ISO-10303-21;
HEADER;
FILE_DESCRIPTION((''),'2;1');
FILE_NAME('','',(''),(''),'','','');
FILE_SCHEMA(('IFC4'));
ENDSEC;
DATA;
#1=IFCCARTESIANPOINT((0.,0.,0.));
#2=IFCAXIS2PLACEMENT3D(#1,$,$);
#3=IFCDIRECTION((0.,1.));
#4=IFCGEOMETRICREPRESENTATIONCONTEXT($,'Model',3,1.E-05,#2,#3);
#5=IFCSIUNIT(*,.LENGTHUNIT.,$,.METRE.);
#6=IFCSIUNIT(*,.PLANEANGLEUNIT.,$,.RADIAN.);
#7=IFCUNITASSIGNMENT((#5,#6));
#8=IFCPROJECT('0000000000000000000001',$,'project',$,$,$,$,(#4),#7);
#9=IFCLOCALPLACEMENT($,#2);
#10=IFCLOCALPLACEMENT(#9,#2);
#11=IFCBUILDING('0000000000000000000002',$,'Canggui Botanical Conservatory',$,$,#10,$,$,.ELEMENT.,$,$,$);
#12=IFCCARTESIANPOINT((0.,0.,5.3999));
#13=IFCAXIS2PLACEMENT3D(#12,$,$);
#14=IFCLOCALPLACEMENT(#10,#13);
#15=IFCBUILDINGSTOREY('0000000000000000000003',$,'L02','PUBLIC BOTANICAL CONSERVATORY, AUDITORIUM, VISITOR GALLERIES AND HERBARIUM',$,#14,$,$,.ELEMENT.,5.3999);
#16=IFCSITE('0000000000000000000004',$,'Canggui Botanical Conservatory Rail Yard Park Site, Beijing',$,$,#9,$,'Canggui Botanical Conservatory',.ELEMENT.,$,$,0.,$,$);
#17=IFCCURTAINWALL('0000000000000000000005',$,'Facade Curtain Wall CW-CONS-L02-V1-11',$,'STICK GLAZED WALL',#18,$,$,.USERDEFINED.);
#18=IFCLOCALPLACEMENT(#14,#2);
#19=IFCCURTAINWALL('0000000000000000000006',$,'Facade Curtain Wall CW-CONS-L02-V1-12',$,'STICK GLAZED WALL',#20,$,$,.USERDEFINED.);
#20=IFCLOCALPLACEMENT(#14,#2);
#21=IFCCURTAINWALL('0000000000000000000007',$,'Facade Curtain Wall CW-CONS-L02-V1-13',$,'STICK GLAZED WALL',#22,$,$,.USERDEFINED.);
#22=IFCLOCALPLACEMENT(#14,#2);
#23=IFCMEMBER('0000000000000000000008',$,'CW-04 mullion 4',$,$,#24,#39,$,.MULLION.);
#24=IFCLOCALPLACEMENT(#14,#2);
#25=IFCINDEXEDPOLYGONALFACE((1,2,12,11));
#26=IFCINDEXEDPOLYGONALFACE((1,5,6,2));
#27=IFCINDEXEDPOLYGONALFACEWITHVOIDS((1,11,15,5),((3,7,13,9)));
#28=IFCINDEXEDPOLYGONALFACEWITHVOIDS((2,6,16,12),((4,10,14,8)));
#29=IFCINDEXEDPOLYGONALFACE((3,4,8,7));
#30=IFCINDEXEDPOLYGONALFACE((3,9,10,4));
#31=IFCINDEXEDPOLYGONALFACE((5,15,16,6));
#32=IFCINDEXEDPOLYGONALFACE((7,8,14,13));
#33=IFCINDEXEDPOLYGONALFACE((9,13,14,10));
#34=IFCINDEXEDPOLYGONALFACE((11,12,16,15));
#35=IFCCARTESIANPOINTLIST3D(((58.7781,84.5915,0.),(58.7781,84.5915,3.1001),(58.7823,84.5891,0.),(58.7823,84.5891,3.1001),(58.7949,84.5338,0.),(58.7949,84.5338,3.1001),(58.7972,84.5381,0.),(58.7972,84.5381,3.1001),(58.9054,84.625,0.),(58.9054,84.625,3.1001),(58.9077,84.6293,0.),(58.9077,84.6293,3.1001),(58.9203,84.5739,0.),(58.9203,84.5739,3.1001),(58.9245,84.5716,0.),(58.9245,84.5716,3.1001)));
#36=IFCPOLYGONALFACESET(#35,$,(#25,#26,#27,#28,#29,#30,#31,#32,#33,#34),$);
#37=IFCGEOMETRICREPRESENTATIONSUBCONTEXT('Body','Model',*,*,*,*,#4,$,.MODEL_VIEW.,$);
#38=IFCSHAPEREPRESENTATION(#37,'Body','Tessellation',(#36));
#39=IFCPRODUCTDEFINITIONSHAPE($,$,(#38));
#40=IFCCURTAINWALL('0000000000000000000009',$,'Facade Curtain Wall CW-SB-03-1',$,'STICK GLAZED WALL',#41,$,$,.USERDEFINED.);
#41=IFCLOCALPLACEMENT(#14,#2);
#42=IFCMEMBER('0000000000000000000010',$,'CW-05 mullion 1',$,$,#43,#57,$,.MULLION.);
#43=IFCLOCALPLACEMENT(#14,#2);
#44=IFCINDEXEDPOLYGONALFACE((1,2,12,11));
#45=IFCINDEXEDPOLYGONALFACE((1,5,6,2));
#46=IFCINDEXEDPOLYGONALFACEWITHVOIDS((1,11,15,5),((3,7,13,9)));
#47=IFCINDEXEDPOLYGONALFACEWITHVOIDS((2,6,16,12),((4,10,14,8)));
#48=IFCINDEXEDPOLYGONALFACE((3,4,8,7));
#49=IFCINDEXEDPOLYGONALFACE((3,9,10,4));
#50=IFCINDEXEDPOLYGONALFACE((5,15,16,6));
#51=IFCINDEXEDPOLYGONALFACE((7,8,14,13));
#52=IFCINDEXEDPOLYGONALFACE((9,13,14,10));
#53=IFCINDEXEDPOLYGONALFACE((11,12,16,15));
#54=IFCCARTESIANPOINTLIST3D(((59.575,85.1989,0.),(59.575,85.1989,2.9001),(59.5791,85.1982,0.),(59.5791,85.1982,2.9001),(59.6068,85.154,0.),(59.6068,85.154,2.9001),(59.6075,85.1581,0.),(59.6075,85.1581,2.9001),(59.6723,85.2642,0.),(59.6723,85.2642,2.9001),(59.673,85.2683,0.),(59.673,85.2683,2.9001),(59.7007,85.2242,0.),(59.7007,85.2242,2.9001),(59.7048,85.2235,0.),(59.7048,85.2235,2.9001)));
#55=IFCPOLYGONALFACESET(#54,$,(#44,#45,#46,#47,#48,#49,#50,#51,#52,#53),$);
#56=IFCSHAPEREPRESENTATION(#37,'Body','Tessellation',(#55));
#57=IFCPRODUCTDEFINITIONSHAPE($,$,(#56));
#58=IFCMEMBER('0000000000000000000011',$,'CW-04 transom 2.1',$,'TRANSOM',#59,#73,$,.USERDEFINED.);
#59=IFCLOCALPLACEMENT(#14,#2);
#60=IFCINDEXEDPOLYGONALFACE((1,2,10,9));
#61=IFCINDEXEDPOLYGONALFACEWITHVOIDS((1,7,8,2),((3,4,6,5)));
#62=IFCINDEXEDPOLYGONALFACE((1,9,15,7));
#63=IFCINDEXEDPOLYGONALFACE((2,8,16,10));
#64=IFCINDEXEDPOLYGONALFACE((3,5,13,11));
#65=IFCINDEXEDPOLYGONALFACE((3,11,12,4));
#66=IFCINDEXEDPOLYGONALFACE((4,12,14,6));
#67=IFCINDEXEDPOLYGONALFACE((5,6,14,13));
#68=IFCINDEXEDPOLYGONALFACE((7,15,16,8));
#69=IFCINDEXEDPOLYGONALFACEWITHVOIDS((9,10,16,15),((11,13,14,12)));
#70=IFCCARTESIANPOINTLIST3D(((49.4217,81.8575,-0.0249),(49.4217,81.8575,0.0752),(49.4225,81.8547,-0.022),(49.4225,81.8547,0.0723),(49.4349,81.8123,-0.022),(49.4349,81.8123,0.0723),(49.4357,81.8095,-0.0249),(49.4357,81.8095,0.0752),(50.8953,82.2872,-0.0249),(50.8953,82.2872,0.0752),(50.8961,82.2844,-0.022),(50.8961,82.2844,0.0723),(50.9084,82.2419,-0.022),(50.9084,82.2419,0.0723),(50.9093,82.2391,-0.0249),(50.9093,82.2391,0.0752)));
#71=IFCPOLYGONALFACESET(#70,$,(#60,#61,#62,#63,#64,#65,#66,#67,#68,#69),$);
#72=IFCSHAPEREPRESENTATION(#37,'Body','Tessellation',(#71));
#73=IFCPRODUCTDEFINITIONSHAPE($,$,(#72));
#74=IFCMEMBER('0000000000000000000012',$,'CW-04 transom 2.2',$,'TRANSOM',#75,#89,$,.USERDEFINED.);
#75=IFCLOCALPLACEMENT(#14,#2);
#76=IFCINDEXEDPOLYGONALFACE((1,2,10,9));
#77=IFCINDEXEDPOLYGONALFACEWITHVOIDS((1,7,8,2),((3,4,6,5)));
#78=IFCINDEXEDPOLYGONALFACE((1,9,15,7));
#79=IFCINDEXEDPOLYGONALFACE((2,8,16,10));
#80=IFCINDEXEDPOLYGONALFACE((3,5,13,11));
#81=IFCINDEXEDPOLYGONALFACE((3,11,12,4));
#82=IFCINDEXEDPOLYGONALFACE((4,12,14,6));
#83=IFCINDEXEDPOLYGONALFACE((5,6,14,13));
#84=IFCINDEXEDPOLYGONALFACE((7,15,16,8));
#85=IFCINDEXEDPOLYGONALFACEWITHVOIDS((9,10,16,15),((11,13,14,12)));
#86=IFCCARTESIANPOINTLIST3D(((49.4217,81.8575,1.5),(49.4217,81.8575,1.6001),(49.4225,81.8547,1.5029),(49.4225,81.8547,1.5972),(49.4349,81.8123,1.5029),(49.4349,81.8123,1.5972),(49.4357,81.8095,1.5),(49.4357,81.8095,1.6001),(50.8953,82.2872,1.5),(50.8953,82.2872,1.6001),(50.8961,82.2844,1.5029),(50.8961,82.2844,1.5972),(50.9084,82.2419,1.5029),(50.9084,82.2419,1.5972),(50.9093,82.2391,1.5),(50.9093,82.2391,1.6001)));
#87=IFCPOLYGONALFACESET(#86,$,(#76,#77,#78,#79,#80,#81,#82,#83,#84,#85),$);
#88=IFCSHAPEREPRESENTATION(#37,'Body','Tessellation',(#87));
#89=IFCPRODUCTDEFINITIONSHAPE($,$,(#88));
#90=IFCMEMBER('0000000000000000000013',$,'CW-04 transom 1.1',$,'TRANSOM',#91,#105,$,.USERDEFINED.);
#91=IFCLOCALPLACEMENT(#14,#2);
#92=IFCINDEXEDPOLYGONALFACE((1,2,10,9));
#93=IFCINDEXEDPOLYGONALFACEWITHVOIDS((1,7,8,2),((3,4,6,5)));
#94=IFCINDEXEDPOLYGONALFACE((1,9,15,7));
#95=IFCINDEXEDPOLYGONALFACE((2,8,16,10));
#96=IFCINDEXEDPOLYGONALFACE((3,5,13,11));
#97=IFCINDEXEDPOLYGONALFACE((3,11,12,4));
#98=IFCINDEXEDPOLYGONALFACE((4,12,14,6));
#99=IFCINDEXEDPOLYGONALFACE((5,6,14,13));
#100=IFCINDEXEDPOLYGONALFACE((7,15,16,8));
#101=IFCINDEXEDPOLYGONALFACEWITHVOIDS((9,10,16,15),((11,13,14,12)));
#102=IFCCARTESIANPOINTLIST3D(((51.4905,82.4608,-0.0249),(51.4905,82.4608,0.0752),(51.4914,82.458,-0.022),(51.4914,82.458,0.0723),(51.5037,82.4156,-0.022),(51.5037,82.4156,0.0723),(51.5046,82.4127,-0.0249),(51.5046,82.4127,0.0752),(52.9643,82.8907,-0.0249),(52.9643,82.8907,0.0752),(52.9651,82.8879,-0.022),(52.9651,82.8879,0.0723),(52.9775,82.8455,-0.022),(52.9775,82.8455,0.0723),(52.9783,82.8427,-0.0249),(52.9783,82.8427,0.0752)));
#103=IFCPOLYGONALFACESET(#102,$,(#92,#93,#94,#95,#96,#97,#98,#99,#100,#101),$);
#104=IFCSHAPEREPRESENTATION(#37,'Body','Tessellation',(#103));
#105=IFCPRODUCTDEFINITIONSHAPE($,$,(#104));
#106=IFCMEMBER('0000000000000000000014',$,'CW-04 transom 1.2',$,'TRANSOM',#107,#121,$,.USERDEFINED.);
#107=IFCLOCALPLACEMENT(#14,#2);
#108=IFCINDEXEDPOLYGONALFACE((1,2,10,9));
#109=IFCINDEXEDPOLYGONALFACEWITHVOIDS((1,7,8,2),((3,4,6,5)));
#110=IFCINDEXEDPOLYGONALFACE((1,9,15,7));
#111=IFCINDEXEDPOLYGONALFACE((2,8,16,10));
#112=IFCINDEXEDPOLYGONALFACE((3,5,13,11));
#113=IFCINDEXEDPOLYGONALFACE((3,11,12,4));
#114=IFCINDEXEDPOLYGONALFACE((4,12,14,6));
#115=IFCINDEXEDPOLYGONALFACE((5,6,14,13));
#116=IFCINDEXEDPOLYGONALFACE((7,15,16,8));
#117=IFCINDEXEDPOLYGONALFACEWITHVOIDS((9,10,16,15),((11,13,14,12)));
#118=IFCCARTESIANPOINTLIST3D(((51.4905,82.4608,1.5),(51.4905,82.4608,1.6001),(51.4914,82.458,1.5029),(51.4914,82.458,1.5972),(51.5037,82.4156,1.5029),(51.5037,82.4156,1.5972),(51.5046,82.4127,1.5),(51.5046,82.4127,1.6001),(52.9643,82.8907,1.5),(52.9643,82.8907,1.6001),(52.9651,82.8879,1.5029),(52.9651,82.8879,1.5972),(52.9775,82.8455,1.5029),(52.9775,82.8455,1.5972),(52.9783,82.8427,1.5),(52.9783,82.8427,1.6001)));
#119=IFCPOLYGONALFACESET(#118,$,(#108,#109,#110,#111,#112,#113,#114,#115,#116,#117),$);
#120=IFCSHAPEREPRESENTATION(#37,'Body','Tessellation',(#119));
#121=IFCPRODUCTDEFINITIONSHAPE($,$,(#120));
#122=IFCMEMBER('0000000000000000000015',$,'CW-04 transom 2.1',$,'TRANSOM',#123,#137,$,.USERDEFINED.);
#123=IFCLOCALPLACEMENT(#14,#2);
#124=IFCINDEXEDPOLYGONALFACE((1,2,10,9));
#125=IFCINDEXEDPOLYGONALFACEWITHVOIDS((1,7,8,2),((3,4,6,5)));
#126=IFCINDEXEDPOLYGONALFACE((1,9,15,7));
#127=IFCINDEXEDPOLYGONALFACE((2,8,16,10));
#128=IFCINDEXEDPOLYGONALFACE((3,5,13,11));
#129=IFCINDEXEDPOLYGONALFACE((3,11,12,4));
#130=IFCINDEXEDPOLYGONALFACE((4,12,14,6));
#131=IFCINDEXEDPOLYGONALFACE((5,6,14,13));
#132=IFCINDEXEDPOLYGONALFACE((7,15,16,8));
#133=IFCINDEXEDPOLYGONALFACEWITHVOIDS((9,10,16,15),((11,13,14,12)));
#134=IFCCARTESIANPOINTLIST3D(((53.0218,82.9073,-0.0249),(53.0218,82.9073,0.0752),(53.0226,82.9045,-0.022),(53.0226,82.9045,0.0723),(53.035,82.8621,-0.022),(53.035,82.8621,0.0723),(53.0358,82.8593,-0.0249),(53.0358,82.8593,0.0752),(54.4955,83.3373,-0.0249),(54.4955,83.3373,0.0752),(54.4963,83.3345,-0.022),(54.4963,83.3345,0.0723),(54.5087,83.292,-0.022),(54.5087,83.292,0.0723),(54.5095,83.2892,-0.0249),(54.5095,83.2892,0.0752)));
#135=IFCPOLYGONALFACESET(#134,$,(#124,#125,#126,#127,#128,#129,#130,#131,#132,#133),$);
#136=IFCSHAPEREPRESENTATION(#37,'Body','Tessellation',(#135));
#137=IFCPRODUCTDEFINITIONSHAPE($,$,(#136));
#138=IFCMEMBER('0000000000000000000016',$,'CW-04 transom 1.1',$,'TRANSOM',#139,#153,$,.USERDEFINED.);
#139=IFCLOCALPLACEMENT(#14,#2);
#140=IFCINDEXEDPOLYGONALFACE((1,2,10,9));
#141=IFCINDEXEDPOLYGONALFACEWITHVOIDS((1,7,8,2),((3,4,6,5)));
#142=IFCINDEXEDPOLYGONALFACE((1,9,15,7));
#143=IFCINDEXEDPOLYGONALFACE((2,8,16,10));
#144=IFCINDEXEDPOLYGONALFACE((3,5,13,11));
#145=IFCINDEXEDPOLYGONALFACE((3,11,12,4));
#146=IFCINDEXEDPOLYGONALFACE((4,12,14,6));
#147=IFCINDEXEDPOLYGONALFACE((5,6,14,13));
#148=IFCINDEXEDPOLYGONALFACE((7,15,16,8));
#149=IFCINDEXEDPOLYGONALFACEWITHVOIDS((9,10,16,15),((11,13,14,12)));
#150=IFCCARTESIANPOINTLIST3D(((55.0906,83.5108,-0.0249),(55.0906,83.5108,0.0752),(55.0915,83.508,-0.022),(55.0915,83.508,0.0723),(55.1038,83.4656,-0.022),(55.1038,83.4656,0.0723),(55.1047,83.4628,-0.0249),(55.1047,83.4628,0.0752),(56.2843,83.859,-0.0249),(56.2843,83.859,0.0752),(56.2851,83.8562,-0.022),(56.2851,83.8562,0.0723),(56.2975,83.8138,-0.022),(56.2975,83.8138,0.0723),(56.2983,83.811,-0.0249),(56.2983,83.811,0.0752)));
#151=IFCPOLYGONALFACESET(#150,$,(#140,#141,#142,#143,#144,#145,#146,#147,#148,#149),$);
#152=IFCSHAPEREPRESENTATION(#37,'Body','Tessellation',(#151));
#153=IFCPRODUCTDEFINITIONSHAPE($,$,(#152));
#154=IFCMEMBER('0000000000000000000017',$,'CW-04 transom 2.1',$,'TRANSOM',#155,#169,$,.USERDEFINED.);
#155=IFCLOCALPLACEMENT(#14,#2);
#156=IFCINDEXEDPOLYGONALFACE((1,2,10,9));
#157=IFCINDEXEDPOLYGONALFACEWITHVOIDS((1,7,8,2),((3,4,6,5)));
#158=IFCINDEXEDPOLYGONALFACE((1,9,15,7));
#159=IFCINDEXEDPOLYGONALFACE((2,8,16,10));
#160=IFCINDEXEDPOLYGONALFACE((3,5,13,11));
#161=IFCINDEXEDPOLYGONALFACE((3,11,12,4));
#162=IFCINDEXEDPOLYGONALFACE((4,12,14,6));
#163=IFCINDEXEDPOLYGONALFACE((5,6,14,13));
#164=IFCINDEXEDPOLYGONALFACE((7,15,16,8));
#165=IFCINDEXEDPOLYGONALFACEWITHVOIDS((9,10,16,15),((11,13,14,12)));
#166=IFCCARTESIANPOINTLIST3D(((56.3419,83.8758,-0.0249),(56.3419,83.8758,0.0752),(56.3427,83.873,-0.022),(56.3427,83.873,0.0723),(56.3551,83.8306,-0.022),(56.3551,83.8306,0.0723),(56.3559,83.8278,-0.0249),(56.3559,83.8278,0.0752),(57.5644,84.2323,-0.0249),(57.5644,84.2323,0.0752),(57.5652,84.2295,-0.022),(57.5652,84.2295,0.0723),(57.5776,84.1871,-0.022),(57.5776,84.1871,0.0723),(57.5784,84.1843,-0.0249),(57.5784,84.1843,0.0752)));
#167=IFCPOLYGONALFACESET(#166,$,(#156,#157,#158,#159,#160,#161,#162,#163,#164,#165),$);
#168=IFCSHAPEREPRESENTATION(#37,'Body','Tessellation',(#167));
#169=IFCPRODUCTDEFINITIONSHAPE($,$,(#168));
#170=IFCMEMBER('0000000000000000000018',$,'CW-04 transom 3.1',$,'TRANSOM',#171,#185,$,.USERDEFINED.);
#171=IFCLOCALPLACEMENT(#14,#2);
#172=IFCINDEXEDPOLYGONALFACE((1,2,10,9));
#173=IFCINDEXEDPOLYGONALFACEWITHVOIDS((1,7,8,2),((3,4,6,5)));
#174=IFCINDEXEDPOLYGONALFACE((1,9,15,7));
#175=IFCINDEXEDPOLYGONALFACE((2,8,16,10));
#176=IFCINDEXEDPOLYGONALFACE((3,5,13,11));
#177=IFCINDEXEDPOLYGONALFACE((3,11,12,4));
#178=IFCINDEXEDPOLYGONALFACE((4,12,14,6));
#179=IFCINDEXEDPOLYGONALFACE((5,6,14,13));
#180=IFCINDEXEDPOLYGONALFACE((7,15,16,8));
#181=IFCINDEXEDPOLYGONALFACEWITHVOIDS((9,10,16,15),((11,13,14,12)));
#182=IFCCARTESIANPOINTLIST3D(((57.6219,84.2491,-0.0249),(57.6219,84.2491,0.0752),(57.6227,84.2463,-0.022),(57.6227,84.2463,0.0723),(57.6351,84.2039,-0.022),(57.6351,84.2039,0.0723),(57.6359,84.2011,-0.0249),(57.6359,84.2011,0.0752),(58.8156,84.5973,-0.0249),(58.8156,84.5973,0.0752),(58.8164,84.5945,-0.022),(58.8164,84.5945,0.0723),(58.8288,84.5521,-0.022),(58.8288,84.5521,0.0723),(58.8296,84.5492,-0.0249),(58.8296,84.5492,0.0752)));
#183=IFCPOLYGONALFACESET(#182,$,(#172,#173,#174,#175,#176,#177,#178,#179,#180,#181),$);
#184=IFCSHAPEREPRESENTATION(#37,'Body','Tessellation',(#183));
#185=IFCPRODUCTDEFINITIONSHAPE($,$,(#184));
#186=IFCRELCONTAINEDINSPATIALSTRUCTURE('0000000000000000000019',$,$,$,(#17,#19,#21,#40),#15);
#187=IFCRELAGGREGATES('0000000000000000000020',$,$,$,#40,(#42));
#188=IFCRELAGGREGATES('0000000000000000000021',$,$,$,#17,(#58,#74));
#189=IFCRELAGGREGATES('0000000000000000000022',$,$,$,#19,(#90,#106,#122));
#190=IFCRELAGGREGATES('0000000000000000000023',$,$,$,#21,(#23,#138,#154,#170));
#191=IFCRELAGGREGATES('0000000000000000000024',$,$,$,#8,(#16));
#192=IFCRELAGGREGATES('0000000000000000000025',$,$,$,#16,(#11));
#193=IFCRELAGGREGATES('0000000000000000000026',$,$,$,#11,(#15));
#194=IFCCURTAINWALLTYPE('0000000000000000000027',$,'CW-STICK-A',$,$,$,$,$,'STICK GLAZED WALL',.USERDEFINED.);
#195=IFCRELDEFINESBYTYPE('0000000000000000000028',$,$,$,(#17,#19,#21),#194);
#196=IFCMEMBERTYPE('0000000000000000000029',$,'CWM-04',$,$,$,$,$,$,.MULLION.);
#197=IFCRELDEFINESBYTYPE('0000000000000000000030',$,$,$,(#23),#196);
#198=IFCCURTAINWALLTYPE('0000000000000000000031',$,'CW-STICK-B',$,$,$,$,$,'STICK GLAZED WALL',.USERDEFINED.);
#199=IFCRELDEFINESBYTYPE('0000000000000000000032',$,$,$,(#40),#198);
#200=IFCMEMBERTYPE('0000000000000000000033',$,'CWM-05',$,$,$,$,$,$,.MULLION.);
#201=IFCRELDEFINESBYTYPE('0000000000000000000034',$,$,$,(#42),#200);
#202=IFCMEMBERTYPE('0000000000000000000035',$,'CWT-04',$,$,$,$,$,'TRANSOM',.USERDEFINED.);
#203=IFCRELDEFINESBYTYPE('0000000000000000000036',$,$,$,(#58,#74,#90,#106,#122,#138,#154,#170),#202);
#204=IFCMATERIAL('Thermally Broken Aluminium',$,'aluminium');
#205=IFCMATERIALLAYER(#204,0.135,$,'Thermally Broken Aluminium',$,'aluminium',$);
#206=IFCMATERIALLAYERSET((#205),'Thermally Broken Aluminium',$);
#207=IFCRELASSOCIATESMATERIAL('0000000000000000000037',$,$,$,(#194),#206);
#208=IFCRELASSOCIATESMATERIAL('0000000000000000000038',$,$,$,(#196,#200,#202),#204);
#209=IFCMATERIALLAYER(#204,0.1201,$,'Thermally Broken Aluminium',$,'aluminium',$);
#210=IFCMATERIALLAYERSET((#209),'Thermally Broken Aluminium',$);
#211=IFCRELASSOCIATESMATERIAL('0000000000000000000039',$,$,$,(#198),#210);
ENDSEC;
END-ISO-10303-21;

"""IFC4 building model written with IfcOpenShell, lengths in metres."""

from ifc_helpers import new_model, si_unit, direction, frame, origin, origin_2d, place, context, subcontext, project, spatial, hollow_rectangle, extrude, material, layer, layer_set, material_profile, profile_set, type_object, element, aggregate, save


model = new_model("IFC4")

# Units and contexts
model_context = context("Model", 3, precision=1e-05, world=origin(), true_north=direction((0.0, 1.0)))
body_context = subcontext(model_context, "Body", "Model", "MODEL_VIEW")
ifc_project = project(units=[si_unit("LENGTHUNIT", "METRE"), si_unit("PLANEANGLEUNIT", "RADIAN")], contexts=[model_context])

# Site, building, storey
site_placement = place(None, origin())
site = spatial("IfcSite", under=ifc_project, at=site_placement, Name="Canggui Botanical Conservatory Rail Yard Park Site, Beijing", LongName="Canggui Botanical Conservatory", CompositionType="ELEMENT", RefElevation=0.0)
building_placement = place(site_placement, origin())
building = spatial("IfcBuilding", under=site, at=building_placement, Name="Canggui Botanical Conservatory", CompositionType="ELEMENT")
storey_placement = place(building_placement, frame((0.0, 0.0, 5.3999)))
storey = spatial("IfcBuildingStorey", under=building, at=storey_placement, Name="L02", Description="PUBLIC BOTANICAL CONSERVATORY, AUDITORIUM, VISITOR GALLERIES AND HERBARIUM", CompositionType="ELEMENT", Elevation=5.3999)

# Curtain walls, member
ifc_material_1 = material(Name="Thermally Broken Aluminium", Category="aluminium")
ifc_layer_1 = layer(ifc_material_1, 0.135, Name="Thermally Broken Aluminium", Category="aluminium")
ifc_layer_set_1 = layer_set([ifc_layer_1], Name="Thermally Broken Aluminium")
curtain_wall_type_1 = type_object("IfcCurtainWallType", Name="CW-STICK-A", ElementType="STICK GLAZED WALL", PredefinedType="USERDEFINED", material=ifc_layer_set_1)
curtain_wall_1_placement = place(storey_placement, origin())
curtain_wall_1 = element("IfcCurtainWall", 1, at=curtain_wall_1_placement, inside=storey, type_object=curtain_wall_type_1, Name="Facade Curtain Wall CW-CONS-L02-V1-11", ObjectType="STICK GLAZED WALL", PredefinedType="USERDEFINED")
ifc_material_profile_1 = material_profile(ifc_material_1, hollow_rectangle(XDim=0.0601, YDim=0.135, WallThickness=0.0034, at=origin_2d()), Name="CWM 60x135x3.5")
ifc_profile_set_1 = profile_set([ifc_material_profile_1], Name="Thermally Broken Aluminium")
member_type_1 = type_object("IfcMemberType", Name="CWM-04", PredefinedType="MULLION", material=ifc_profile_set_1)
curtain_wall_2_placement = place(storey_placement, origin())
curtain_wall_2 = element("IfcCurtainWall", 2, at=curtain_wall_2_placement, inside=storey, type_object=curtain_wall_type_1, Name="Facade Curtain Wall CW-CONS-L02-V1-12", ObjectType="STICK GLAZED WALL", PredefinedType="USERDEFINED")
curtain_wall_3_placement = place(storey_placement, origin())
curtain_wall_3 = element("IfcCurtainWall", 3, at=curtain_wall_3_placement, inside=storey, type_object=curtain_wall_type_1, Name="Facade Curtain Wall CW-CONS-L02-V1-13", ObjectType="STICK GLAZED WALL", PredefinedType="USERDEFINED")
member_1_placement = place(storey_placement, frame((58.8513, 84.5815, 0.0), z_axis=(0.0, 0.0, 1.0), x_axis=(-0.28, 0.96, 0.0)))
member_1 = element("IfcMember", 4, at=member_1_placement, type_object=member_type_1, Name="CW-04 mullion 4", PredefinedType="MULLION", context=body_context, shape_type="SweptSolid", body=[
    extrude(hollow_rectangle(XDim=0.0601, YDim=0.135, WallThickness=0.0034, at=origin_2d()), origin(), (0.0, 0.0, 1.0), 3.1001),
])

# Curtain wall, member
ifc_layer_2 = layer(ifc_material_1, 0.1201, Name="Thermally Broken Aluminium", Category="aluminium")
ifc_layer_set_2 = layer_set([ifc_layer_2], Name="Thermally Broken Aluminium")
curtain_wall_type_2 = type_object("IfcCurtainWallType", Name="CW-STICK-B", ElementType="STICK GLAZED WALL", PredefinedType="USERDEFINED", material=ifc_layer_set_2)
curtain_wall_4_placement = place(storey_placement, origin())
curtain_wall_4 = element("IfcCurtainWall", 5, at=curtain_wall_4_placement, inside=storey, type_object=curtain_wall_type_2, Name="Facade Curtain Wall CW-SB-03-1", ObjectType="STICK GLAZED WALL", PredefinedType="USERDEFINED")
ifc_material_profile_2 = material_profile(ifc_material_1, hollow_rectangle(XDim=0.0549, YDim=0.1201, WallThickness=0.0029, at=origin_2d()), Name="CWM 55x120x3")
ifc_profile_set_2 = profile_set([ifc_material_profile_2], Name="Thermally Broken Aluminium")
member_type_2 = type_object("IfcMemberType", Name="CWM-05", PredefinedType="MULLION", material=ifc_profile_set_2)
member_2_placement = place(storey_placement, frame((59.6399, 85.2112, 0.0), z_axis=(0.0, 0.0, 1.0), x_axis=(-0.578282, 0.815837, 0.0)))
member_2 = element("IfcMember", 6, at=member_2_placement, type_object=member_type_2, Name="CW-05 mullion 1", PredefinedType="MULLION", context=body_context, shape_type="SweptSolid", body=[
    extrude(hollow_rectangle(XDim=0.0549, YDim=0.1201, WallThickness=0.0029, at=origin_2d()), origin(), (0.0, 0.0, 1.0), 2.9001),
])

# Members
ifc_material_profile_3 = material_profile(ifc_material_1, hollow_rectangle(XDim=0.05, YDim=0.1001, WallThickness=0.0029, at=origin_2d()), Name="CWT 50x100x3")
ifc_profile_set_3 = profile_set([ifc_material_profile_3], Name="Thermally Broken Aluminium")
member_type_3 = type_object("IfcMemberType", Name="CWT-04", ElementType="TRANSOM", PredefinedType="USERDEFINED", material=ifc_profile_set_3)
member_3_placement = place(storey_placement, frame((49.4287, 81.8335, 0.0251), z_axis=(0.960021, 0.279927, 0.0), x_axis=(-0.279927, 0.960021, 0.0)))
member_3 = element("IfcMember", 7, at=member_3_placement, type_object=member_type_3, Name="CW-04 transom 2.1", ObjectType="TRANSOM", PredefinedType="USERDEFINED", context=body_context, shape_type="SweptSolid", body=[
    extrude(hollow_rectangle(XDim=0.05, YDim=0.1001, WallThickness=0.0029, at=origin_2d()), origin(), (0.0, 0.0, 1.0), 1.5349),
])
member_4_placement = place(storey_placement, frame((49.4287, 81.8335, 1.55), z_axis=(0.960021, 0.279927, 0.0), x_axis=(-0.279927, 0.960021, 0.0)))
member_4 = element("IfcMember", 8, at=member_4_placement, type_object=member_type_3, Name="CW-04 transom 2.2", ObjectType="TRANSOM", PredefinedType="USERDEFINED", context=body_context, shape_type="SweptSolid", body=[
    extrude(hollow_rectangle(XDim=0.05, YDim=0.1001, WallThickness=0.0029, at=origin_2d()), origin(), (0.0, 0.0, 1.0), 1.5349),
])
member_5_placement = place(storey_placement, frame((51.4976, 82.4368, 0.0251), z_axis=(0.959979, 0.280073, 0.0), x_axis=(-0.280073, 0.959979, 0.0)))
member_5 = element("IfcMember", 9, at=member_5_placement, type_object=member_type_3, Name="CW-04 transom 1.1", ObjectType="TRANSOM", PredefinedType="USERDEFINED", context=body_context, shape_type="SweptSolid", body=[
    extrude(hollow_rectangle(XDim=0.05, YDim=0.1001, WallThickness=0.0029, at=origin_2d()), origin(), (0.0, 0.0, 1.0), 1.5352),
])
member_6_placement = place(storey_placement, frame((51.4976, 82.4368, 1.55), z_axis=(0.959979, 0.280073, 0.0), x_axis=(-0.280073, 0.959979, 0.0)))
member_6 = element("IfcMember", 10, at=member_6_placement, type_object=member_type_3, Name="CW-04 transom 1.2", ObjectType="TRANSOM", PredefinedType="USERDEFINED", context=body_context, shape_type="SweptSolid", body=[
    extrude(hollow_rectangle(XDim=0.05, YDim=0.1001, WallThickness=0.0029, at=origin_2d()), origin(), (0.0, 0.0, 1.0), 1.5352),
])
member_7_placement = place(storey_placement, frame((53.0288, 82.8833, 0.0251), z_axis=(0.959979, 0.280073, 0.0), x_axis=(-0.280073, 0.959979, 0.0)))
member_7 = element("IfcMember", 11, at=member_7_placement, type_object=member_type_3, Name="CW-04 transom 2.1", ObjectType="TRANSOM", PredefinedType="USERDEFINED", context=body_context, shape_type="SweptSolid", body=[
    extrude(hollow_rectangle(XDim=0.05, YDim=0.1001, WallThickness=0.0029, at=origin_2d()), origin(), (0.0, 0.0, 1.0), 1.5352),
])
member_8_placement = place(storey_placement, frame((55.0977, 83.4868, 0.0251), z_axis=(0.959998, 0.280008, 0.0), x_axis=(-0.280008, 0.959998, 0.0)))
member_8 = element("IfcMember", 12, at=member_8_placement, type_object=member_type_3, Name="CW-04 transom 1.1", ObjectType="TRANSOM", PredefinedType="USERDEFINED", context=body_context, shape_type="SweptSolid", body=[
    extrude(hollow_rectangle(XDim=0.05, YDim=0.1001, WallThickness=0.0029, at=origin_2d()), origin(), (0.0, 0.0, 1.0), 1.2434),
])
member_9_placement = place(storey_placement, frame((56.3489, 83.8518, 0.0251), z_axis=(0.960019, 0.279934, 0.0), x_axis=(-0.279934, 0.960019, 0.0)))
member_9 = element("IfcMember", 13, at=member_9_placement, type_object=member_type_3, Name="CW-04 transom 2.1", ObjectType="TRANSOM", PredefinedType="USERDEFINED", context=body_context, shape_type="SweptSolid", body=[
    extrude(hollow_rectangle(XDim=0.05, YDim=0.1001, WallThickness=0.0029, at=origin_2d()), origin(), (0.0, 0.0, 1.0), 1.2734),
])
member_10_placement = place(storey_placement, frame((57.6289, 84.2251, 0.0251), z_axis=(0.959998, 0.280008, 0.0), x_axis=(-0.280008, 0.959998, 0.0)))
member_10 = element("IfcMember", 14, at=member_10_placement, type_object=member_type_3, Name="CW-04 transom 3.1", ObjectType="TRANSOM", PredefinedType="USERDEFINED", context=body_context, shape_type="SweptSolid", body=[
    extrude(hollow_rectangle(XDim=0.05, YDim=0.1001, WallThickness=0.0029, at=origin_2d()), origin(), (0.0, 0.0, 1.0), 1.2434),
])
aggregate(curtain_wall_4, [member_2])

aggregate(curtain_wall_1, [member_3, member_4])
aggregate(curtain_wall_2, [member_5, member_6, member_7])
aggregate(curtain_wall_3, [member_1, member_8, member_9, member_10])

save(model, "model.ifc")
